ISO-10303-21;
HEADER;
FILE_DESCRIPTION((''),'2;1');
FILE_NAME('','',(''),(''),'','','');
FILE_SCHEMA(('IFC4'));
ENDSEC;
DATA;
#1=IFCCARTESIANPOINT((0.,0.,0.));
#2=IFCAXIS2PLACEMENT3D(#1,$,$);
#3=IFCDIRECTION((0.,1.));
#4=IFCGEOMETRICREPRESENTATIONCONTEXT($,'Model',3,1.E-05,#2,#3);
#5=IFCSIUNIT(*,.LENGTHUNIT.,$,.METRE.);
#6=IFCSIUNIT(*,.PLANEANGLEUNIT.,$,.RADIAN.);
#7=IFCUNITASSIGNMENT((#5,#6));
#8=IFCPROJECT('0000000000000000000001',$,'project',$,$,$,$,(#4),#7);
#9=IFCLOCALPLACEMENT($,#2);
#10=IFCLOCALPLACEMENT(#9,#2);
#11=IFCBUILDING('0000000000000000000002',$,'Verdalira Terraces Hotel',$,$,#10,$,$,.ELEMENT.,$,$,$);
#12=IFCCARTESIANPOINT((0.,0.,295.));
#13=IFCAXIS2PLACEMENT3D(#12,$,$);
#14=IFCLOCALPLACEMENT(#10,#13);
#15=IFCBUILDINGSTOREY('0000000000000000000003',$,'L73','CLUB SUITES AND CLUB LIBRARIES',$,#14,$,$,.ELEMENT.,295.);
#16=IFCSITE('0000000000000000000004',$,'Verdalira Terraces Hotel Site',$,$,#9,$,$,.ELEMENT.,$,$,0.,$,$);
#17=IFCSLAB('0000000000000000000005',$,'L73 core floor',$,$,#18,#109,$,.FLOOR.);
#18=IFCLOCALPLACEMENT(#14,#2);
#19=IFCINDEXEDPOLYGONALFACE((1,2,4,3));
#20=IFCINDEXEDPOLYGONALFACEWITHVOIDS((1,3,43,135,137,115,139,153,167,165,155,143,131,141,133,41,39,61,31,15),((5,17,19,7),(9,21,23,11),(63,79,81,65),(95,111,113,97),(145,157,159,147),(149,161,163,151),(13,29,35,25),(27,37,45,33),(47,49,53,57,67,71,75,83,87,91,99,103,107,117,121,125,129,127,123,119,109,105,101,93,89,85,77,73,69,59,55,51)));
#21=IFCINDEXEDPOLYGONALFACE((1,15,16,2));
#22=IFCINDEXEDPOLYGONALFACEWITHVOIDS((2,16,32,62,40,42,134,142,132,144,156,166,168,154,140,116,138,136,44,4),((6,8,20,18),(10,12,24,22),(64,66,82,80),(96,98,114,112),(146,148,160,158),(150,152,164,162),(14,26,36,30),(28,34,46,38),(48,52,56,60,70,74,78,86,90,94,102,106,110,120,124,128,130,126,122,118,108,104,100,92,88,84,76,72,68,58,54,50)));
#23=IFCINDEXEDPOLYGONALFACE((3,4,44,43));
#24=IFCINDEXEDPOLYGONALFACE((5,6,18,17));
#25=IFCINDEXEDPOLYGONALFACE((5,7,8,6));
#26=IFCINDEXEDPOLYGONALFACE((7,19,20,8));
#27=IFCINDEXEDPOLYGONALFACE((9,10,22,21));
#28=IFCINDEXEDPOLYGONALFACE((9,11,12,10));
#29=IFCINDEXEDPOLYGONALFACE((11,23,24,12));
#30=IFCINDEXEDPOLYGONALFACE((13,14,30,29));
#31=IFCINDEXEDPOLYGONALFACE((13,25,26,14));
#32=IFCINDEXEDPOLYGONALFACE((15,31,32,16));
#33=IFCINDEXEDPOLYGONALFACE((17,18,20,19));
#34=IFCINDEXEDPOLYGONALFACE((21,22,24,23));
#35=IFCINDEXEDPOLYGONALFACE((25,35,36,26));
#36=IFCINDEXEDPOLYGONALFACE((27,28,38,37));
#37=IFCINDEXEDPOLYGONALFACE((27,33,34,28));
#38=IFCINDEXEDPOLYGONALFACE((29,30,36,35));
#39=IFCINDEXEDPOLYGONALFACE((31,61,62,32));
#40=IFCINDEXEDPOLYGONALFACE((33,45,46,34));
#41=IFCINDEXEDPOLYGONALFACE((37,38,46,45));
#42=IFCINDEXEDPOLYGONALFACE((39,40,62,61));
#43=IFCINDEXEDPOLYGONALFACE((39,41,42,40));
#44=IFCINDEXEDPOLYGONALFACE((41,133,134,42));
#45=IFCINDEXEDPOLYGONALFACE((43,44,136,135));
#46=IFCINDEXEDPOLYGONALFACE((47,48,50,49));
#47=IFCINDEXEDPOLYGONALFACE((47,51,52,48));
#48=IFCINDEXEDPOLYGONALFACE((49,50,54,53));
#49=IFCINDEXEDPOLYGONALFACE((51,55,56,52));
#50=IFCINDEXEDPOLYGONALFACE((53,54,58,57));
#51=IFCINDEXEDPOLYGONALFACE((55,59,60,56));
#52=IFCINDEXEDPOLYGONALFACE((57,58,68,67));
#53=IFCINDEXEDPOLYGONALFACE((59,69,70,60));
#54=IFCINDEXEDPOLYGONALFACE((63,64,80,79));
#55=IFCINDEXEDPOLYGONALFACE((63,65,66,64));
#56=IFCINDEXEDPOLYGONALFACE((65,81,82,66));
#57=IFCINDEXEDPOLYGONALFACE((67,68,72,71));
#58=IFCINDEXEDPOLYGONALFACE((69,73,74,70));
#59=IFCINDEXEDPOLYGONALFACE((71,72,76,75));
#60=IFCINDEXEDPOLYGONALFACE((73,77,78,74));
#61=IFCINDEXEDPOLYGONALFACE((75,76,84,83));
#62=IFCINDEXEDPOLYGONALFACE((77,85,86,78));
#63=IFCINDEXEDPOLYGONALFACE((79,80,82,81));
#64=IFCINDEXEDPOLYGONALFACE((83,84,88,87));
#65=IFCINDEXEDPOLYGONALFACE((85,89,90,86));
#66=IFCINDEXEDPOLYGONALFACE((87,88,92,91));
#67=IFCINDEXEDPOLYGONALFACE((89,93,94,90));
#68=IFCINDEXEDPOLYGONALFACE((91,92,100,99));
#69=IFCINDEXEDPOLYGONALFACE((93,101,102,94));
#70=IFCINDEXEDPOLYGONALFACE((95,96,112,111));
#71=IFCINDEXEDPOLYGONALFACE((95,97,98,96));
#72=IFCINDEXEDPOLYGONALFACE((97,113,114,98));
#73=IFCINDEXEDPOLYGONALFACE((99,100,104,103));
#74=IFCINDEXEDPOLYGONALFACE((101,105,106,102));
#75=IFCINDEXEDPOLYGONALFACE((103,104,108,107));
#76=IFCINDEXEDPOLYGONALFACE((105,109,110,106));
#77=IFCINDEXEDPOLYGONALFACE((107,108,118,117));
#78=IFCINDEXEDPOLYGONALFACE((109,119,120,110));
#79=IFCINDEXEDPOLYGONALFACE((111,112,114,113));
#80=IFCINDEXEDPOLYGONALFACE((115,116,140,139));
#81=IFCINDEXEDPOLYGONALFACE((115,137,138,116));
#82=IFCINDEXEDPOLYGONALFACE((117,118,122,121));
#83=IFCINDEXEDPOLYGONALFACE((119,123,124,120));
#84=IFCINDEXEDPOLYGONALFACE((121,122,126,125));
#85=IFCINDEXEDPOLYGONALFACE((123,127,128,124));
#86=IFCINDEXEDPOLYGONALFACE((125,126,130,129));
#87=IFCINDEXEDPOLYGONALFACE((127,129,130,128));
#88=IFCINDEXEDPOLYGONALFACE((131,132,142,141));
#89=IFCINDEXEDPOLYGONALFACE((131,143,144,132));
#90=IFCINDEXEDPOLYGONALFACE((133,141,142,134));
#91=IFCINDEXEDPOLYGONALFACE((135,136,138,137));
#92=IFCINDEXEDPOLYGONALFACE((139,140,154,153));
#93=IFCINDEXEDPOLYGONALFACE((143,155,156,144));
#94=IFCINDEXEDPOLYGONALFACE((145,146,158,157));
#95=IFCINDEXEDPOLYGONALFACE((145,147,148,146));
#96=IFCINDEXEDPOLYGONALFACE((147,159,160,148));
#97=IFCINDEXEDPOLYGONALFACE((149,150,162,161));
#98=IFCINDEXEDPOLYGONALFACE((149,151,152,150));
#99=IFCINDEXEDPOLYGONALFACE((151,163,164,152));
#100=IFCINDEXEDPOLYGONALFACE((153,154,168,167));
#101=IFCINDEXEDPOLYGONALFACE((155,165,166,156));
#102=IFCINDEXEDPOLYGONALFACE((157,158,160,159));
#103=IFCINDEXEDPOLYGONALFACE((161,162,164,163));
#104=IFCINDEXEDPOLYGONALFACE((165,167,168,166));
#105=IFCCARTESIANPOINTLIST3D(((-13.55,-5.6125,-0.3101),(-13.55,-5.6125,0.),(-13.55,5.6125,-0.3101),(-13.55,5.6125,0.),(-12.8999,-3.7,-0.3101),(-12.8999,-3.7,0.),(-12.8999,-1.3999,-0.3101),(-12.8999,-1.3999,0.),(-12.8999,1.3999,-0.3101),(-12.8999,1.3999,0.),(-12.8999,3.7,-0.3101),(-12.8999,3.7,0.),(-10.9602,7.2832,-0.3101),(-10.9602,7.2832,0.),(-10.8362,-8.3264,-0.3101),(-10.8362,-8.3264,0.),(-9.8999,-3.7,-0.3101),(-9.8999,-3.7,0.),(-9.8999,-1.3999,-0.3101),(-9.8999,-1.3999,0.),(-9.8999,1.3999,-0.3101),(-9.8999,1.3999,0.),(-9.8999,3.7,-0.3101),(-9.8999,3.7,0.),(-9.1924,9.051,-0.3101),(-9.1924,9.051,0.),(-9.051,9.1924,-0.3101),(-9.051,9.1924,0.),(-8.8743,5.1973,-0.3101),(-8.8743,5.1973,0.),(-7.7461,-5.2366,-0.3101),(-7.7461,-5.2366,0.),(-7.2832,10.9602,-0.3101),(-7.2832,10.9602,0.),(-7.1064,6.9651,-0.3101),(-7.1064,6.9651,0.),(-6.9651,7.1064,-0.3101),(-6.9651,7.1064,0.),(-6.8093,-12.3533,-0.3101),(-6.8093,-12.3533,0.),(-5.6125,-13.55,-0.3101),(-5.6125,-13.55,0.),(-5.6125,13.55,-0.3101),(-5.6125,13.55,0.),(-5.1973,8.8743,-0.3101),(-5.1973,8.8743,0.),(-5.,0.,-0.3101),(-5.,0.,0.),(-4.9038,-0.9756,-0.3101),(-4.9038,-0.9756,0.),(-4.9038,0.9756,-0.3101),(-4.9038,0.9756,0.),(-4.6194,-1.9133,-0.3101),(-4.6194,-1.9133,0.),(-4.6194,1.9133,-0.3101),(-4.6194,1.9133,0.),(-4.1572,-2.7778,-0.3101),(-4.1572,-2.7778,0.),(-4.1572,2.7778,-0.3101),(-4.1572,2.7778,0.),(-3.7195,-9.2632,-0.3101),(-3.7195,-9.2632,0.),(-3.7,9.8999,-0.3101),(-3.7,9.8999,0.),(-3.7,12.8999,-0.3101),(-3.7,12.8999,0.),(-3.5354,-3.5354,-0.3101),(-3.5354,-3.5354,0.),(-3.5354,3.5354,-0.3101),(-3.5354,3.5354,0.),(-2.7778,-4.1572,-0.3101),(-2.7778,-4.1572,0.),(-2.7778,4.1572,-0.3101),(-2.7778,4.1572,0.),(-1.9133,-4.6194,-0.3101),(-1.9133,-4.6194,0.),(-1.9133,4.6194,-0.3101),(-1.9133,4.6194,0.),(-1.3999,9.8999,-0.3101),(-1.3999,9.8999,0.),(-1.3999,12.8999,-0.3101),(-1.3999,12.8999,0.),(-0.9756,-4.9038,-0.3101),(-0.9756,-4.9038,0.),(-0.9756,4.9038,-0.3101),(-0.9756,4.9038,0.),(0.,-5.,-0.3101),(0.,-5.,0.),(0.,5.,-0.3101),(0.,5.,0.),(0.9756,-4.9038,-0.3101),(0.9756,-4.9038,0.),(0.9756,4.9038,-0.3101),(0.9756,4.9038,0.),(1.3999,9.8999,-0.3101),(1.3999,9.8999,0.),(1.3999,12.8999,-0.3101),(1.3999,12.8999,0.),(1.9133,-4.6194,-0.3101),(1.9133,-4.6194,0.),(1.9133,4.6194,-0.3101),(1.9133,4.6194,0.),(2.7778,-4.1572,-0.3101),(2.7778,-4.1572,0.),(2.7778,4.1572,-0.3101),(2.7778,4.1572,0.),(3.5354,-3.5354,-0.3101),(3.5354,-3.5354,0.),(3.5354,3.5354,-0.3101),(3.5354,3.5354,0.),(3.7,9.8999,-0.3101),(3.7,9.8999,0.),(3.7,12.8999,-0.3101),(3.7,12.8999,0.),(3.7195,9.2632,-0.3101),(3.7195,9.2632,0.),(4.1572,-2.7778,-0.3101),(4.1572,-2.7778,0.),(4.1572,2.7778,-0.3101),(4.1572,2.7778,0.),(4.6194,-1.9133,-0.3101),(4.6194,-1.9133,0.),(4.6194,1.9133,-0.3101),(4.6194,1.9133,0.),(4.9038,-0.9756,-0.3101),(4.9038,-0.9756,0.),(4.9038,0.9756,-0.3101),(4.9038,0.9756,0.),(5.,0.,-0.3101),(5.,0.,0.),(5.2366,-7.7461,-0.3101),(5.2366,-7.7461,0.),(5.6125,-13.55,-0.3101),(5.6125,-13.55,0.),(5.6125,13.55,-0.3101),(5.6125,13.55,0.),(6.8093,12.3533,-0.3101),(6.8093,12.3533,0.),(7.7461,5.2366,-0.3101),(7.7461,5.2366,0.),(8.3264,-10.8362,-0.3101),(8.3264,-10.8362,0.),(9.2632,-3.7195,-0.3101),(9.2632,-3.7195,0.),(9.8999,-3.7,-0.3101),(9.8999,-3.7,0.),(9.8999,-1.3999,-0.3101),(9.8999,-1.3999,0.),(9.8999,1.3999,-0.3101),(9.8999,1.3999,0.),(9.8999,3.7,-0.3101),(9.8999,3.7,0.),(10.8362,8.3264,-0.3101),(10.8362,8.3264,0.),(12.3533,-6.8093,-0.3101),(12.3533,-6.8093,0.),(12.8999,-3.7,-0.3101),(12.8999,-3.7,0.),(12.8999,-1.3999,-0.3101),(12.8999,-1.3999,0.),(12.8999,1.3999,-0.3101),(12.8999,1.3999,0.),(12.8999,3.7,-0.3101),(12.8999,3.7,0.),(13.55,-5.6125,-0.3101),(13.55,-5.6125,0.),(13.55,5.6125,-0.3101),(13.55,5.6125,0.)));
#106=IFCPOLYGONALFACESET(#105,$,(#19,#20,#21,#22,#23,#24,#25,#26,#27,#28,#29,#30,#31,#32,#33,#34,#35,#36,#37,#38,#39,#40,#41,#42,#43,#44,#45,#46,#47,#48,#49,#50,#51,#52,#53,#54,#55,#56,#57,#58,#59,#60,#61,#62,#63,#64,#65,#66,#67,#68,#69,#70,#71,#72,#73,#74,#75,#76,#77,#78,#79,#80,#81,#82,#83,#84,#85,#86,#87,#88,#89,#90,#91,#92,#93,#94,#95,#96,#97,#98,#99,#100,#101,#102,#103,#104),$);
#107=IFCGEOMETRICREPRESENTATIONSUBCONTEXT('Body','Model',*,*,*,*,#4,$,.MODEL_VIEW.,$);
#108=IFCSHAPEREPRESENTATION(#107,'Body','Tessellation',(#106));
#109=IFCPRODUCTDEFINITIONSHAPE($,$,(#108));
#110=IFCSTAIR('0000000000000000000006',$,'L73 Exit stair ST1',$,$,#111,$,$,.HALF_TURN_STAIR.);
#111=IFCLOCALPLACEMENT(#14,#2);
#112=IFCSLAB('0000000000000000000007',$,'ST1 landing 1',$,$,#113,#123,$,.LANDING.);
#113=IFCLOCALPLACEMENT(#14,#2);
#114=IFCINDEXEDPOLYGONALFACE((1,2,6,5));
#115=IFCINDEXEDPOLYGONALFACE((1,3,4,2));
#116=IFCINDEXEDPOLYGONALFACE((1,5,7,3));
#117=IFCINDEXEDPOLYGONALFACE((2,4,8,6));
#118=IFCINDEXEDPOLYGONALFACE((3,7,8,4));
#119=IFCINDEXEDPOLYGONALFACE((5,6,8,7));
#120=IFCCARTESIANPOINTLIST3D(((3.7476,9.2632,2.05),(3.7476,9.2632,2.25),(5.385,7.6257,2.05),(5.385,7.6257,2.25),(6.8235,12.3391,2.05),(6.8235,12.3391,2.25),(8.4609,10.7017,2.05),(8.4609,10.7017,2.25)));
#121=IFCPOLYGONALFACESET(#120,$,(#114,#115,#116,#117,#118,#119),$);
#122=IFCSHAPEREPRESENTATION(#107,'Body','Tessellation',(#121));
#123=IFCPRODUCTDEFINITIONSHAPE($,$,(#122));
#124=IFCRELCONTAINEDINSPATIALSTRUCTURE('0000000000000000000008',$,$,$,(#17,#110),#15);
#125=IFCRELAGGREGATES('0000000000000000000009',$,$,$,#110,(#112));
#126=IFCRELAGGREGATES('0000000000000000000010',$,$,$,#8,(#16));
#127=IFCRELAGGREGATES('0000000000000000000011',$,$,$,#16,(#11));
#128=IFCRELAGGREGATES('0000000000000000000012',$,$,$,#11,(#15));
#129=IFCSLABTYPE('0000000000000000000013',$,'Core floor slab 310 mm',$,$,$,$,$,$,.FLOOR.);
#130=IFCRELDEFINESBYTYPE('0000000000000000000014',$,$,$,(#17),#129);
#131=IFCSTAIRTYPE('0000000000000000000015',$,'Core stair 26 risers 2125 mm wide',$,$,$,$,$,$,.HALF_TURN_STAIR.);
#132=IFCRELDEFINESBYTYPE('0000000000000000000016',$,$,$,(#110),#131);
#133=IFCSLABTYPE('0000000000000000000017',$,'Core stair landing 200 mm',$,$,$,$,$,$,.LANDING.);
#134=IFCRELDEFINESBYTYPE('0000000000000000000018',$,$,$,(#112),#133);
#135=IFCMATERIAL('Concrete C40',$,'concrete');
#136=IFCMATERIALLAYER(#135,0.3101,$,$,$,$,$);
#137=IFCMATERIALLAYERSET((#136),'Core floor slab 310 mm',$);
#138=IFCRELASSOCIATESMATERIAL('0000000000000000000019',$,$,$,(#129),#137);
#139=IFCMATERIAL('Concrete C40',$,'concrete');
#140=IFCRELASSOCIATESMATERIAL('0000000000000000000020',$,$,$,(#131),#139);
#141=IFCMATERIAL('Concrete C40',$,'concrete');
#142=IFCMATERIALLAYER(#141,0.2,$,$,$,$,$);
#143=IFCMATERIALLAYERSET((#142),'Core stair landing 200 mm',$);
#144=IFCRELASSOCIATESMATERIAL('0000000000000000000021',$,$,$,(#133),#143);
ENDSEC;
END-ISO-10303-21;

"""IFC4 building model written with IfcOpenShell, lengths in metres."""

from ifc_helpers import new_model, si_unit, direction, frame, origin, place, context, subcontext, project, spatial, polyline, outline, extrude, material, layer, layer_set, type_object, element, aggregate, save


model = new_model("IFC4")

# Units and contexts
model_context = context("Model", 3, precision=1e-05, world=origin(), true_north=direction((0.0, 1.0)))
body_context = subcontext(model_context, "Body", "Model", "MODEL_VIEW")
ifc_project = project(units=[si_unit("LENGTHUNIT", "METRE"), si_unit("PLANEANGLEUNIT", "RADIAN")], contexts=[model_context])

# Site, building, storey
site_placement = place(None, origin())
site = spatial("IfcSite", under=ifc_project, at=site_placement, Name="Verdalira Terraces Hotel Site", CompositionType="ELEMENT", RefElevation=0.0)
building_placement = place(site_placement, origin())
building = spatial("IfcBuilding", under=site, at=building_placement, Name="Verdalira Terraces Hotel", CompositionType="ELEMENT")
storey_placement = place(building_placement, frame((0.0, 0.0, 295.0)))
storey = spatial("IfcBuildingStorey", under=building, at=storey_placement, Name="L73", Description="CLUB SUITES AND CLUB LIBRARIES", CompositionType="ELEMENT", Elevation=295.0)

# Slab
ifc_material_1 = material(Name="Concrete C40", Category="concrete")
ifc_layer_1 = layer(ifc_material_1, 0.3101)
ifc_layer_set_1 = layer_set([ifc_layer_1], Name="Core floor slab 310 mm")
slab_type_1 = type_object("IfcSlabType", Name="Core floor slab 310 mm", PredefinedType="FLOOR", material=ifc_layer_set_1)
slab_1_placement = place(storey_placement, frame((0.0, 0.0, -0.3101)))
element("IfcSlab", 1, at=slab_1_placement, inside=storey, type_object=slab_type_1, Name="L73 core floor", PredefinedType="FLOOR", context=body_context, shape_type="SweptSolid", body=[
    extrude(outline(polyline([(-6.8093, -12.3533), (-3.7195, -9.2632), (-7.7461, -5.2366), (-10.8362, -8.3264), (-13.55, -5.6125), (-13.55, 5.6125), (-5.6125, 13.55), (5.6125, 13.55), (6.8093, 12.3533), (3.7195, 9.2632), (7.7461, 5.2366), (10.8362, 8.3264), (13.55, 5.6125), (13.55, -5.6125), (12.3533, -6.8093), (9.2632, -3.7195), (5.2366, -7.7461), (8.3264, -10.8362), (5.6125, -13.55), (-5.6125, -13.55), (-6.8093, -12.3533)]), holes=[polyline([(9.8999, -1.3999), (9.8999, -3.7), (12.8999, -3.7), (12.8999, -1.3999), (9.8999, -1.3999)]), polyline([(9.8999, 3.7), (9.8999, 1.3999), (12.8999, 1.3999), (12.8999, 3.7), (9.8999, 3.7)]), polyline([(3.7, 12.8999), (1.3999, 12.8999), (1.3999, 9.8999), (3.7, 9.8999), (3.7, 12.8999)]), polyline([(-1.3999, 12.8999), (-3.7, 12.8999), (-3.7, 9.8999), (-1.3999, 9.8999), (-1.3999, 12.8999)]), polyline([(-9.8999, 1.3999), (-9.8999, 3.7), (-12.8999, 3.7), (-12.8999, 1.3999), (-9.8999, 1.3999)]), polyline([(-9.8999, -3.7), (-9.8999, -1.3999), (-12.8999, -1.3999), (-12.8999, -3.7), (-9.8999, -3.7)]), polyline([(-9.051, 9.1924), (-6.9651, 7.1064), (-5.1973, 8.8743), (-7.2832, 10.9602), (-9.051, 9.1924)]), polyline([(-9.1924, 9.051), (-10.9602, 7.2832), (-8.8743, 5.1973), (-7.1064, 6.9651), (-9.1924, 9.051)]), polyline([(3.5354, 3.5354), (2.7778, 4.1572), (1.9133, 4.6194), (0.9756, 4.9038), (0.0, 5.0), (-0.9756, 4.9038), (-1.9133, 4.6194), (-2.7778, 4.1572), (-3.5354, 3.5354), (-4.1572, 2.7778), (-4.6194, 1.9133), (-4.9038, 0.9756), (-5.0, 0.0), (-4.9038, -0.9756), (-4.6194, -1.9133), (-4.1572, -2.7778), (-3.5354, -3.5354), (-2.7778, -4.1572), (-1.9133, -4.6194), (-0.9756, -4.9038), (0.0, -5.0), (0.9756, -4.9038), (1.9133, -4.6194), (2.7778, -4.1572), (3.5354, -3.5354), (4.1572, -2.7778), (4.6194, -1.9133), (4.9038, -0.9756), (5.0, 0.0), (4.9038, 0.9756), (4.6194, 1.9133), (4.1572, 2.7778), (3.5354, 3.5354)])]), origin(), (0.0, 0.0, 1.0), 0.3101),
])

# Stair, slab
ifc_material_2 = material(Name="Concrete C40", Category="concrete")
stair_type = type_object("IfcStairType", Name="Core stair 26 risers 2125 mm wide", PredefinedType="HALF_TURN_STAIR", material=ifc_material_2)
stair_placement = place(storey_placement, origin())
stair = element("IfcStair", 2, at=stair_placement, inside=storey, type_object=stair_type, Name="L73 Exit stair ST1", PredefinedType="HALF_TURN_STAIR")
ifc_material_3 = material(Name="Concrete C40", Category="concrete")
ifc_layer_2 = layer(ifc_material_3, 0.2)
ifc_layer_set_2 = layer_set([ifc_layer_2], Name="Core stair landing 200 mm")
slab_type_2 = type_object("IfcSlabType", Name="Core stair landing 200 mm", PredefinedType="LANDING", material=ifc_layer_set_2)
slab_2_placement = place(storey_placement, frame((0.0, 0.0, 2.05)))
slab_2 = element("IfcSlab", 3, at=slab_2_placement, type_object=slab_type_2, Name="ST1 landing 1", PredefinedType="LANDING", context=body_context, shape_type="SweptSolid", body=[
    extrude(outline(polyline([(8.4609, 10.7017), (6.8235, 12.3391), (3.7476, 9.2632), (5.385, 7.6257), (8.4609, 10.7017)])), origin(), (0.0, 0.0, 1.0), 0.2),
])
aggregate(stair, [slab_2])

save(model, "model.ifc")
